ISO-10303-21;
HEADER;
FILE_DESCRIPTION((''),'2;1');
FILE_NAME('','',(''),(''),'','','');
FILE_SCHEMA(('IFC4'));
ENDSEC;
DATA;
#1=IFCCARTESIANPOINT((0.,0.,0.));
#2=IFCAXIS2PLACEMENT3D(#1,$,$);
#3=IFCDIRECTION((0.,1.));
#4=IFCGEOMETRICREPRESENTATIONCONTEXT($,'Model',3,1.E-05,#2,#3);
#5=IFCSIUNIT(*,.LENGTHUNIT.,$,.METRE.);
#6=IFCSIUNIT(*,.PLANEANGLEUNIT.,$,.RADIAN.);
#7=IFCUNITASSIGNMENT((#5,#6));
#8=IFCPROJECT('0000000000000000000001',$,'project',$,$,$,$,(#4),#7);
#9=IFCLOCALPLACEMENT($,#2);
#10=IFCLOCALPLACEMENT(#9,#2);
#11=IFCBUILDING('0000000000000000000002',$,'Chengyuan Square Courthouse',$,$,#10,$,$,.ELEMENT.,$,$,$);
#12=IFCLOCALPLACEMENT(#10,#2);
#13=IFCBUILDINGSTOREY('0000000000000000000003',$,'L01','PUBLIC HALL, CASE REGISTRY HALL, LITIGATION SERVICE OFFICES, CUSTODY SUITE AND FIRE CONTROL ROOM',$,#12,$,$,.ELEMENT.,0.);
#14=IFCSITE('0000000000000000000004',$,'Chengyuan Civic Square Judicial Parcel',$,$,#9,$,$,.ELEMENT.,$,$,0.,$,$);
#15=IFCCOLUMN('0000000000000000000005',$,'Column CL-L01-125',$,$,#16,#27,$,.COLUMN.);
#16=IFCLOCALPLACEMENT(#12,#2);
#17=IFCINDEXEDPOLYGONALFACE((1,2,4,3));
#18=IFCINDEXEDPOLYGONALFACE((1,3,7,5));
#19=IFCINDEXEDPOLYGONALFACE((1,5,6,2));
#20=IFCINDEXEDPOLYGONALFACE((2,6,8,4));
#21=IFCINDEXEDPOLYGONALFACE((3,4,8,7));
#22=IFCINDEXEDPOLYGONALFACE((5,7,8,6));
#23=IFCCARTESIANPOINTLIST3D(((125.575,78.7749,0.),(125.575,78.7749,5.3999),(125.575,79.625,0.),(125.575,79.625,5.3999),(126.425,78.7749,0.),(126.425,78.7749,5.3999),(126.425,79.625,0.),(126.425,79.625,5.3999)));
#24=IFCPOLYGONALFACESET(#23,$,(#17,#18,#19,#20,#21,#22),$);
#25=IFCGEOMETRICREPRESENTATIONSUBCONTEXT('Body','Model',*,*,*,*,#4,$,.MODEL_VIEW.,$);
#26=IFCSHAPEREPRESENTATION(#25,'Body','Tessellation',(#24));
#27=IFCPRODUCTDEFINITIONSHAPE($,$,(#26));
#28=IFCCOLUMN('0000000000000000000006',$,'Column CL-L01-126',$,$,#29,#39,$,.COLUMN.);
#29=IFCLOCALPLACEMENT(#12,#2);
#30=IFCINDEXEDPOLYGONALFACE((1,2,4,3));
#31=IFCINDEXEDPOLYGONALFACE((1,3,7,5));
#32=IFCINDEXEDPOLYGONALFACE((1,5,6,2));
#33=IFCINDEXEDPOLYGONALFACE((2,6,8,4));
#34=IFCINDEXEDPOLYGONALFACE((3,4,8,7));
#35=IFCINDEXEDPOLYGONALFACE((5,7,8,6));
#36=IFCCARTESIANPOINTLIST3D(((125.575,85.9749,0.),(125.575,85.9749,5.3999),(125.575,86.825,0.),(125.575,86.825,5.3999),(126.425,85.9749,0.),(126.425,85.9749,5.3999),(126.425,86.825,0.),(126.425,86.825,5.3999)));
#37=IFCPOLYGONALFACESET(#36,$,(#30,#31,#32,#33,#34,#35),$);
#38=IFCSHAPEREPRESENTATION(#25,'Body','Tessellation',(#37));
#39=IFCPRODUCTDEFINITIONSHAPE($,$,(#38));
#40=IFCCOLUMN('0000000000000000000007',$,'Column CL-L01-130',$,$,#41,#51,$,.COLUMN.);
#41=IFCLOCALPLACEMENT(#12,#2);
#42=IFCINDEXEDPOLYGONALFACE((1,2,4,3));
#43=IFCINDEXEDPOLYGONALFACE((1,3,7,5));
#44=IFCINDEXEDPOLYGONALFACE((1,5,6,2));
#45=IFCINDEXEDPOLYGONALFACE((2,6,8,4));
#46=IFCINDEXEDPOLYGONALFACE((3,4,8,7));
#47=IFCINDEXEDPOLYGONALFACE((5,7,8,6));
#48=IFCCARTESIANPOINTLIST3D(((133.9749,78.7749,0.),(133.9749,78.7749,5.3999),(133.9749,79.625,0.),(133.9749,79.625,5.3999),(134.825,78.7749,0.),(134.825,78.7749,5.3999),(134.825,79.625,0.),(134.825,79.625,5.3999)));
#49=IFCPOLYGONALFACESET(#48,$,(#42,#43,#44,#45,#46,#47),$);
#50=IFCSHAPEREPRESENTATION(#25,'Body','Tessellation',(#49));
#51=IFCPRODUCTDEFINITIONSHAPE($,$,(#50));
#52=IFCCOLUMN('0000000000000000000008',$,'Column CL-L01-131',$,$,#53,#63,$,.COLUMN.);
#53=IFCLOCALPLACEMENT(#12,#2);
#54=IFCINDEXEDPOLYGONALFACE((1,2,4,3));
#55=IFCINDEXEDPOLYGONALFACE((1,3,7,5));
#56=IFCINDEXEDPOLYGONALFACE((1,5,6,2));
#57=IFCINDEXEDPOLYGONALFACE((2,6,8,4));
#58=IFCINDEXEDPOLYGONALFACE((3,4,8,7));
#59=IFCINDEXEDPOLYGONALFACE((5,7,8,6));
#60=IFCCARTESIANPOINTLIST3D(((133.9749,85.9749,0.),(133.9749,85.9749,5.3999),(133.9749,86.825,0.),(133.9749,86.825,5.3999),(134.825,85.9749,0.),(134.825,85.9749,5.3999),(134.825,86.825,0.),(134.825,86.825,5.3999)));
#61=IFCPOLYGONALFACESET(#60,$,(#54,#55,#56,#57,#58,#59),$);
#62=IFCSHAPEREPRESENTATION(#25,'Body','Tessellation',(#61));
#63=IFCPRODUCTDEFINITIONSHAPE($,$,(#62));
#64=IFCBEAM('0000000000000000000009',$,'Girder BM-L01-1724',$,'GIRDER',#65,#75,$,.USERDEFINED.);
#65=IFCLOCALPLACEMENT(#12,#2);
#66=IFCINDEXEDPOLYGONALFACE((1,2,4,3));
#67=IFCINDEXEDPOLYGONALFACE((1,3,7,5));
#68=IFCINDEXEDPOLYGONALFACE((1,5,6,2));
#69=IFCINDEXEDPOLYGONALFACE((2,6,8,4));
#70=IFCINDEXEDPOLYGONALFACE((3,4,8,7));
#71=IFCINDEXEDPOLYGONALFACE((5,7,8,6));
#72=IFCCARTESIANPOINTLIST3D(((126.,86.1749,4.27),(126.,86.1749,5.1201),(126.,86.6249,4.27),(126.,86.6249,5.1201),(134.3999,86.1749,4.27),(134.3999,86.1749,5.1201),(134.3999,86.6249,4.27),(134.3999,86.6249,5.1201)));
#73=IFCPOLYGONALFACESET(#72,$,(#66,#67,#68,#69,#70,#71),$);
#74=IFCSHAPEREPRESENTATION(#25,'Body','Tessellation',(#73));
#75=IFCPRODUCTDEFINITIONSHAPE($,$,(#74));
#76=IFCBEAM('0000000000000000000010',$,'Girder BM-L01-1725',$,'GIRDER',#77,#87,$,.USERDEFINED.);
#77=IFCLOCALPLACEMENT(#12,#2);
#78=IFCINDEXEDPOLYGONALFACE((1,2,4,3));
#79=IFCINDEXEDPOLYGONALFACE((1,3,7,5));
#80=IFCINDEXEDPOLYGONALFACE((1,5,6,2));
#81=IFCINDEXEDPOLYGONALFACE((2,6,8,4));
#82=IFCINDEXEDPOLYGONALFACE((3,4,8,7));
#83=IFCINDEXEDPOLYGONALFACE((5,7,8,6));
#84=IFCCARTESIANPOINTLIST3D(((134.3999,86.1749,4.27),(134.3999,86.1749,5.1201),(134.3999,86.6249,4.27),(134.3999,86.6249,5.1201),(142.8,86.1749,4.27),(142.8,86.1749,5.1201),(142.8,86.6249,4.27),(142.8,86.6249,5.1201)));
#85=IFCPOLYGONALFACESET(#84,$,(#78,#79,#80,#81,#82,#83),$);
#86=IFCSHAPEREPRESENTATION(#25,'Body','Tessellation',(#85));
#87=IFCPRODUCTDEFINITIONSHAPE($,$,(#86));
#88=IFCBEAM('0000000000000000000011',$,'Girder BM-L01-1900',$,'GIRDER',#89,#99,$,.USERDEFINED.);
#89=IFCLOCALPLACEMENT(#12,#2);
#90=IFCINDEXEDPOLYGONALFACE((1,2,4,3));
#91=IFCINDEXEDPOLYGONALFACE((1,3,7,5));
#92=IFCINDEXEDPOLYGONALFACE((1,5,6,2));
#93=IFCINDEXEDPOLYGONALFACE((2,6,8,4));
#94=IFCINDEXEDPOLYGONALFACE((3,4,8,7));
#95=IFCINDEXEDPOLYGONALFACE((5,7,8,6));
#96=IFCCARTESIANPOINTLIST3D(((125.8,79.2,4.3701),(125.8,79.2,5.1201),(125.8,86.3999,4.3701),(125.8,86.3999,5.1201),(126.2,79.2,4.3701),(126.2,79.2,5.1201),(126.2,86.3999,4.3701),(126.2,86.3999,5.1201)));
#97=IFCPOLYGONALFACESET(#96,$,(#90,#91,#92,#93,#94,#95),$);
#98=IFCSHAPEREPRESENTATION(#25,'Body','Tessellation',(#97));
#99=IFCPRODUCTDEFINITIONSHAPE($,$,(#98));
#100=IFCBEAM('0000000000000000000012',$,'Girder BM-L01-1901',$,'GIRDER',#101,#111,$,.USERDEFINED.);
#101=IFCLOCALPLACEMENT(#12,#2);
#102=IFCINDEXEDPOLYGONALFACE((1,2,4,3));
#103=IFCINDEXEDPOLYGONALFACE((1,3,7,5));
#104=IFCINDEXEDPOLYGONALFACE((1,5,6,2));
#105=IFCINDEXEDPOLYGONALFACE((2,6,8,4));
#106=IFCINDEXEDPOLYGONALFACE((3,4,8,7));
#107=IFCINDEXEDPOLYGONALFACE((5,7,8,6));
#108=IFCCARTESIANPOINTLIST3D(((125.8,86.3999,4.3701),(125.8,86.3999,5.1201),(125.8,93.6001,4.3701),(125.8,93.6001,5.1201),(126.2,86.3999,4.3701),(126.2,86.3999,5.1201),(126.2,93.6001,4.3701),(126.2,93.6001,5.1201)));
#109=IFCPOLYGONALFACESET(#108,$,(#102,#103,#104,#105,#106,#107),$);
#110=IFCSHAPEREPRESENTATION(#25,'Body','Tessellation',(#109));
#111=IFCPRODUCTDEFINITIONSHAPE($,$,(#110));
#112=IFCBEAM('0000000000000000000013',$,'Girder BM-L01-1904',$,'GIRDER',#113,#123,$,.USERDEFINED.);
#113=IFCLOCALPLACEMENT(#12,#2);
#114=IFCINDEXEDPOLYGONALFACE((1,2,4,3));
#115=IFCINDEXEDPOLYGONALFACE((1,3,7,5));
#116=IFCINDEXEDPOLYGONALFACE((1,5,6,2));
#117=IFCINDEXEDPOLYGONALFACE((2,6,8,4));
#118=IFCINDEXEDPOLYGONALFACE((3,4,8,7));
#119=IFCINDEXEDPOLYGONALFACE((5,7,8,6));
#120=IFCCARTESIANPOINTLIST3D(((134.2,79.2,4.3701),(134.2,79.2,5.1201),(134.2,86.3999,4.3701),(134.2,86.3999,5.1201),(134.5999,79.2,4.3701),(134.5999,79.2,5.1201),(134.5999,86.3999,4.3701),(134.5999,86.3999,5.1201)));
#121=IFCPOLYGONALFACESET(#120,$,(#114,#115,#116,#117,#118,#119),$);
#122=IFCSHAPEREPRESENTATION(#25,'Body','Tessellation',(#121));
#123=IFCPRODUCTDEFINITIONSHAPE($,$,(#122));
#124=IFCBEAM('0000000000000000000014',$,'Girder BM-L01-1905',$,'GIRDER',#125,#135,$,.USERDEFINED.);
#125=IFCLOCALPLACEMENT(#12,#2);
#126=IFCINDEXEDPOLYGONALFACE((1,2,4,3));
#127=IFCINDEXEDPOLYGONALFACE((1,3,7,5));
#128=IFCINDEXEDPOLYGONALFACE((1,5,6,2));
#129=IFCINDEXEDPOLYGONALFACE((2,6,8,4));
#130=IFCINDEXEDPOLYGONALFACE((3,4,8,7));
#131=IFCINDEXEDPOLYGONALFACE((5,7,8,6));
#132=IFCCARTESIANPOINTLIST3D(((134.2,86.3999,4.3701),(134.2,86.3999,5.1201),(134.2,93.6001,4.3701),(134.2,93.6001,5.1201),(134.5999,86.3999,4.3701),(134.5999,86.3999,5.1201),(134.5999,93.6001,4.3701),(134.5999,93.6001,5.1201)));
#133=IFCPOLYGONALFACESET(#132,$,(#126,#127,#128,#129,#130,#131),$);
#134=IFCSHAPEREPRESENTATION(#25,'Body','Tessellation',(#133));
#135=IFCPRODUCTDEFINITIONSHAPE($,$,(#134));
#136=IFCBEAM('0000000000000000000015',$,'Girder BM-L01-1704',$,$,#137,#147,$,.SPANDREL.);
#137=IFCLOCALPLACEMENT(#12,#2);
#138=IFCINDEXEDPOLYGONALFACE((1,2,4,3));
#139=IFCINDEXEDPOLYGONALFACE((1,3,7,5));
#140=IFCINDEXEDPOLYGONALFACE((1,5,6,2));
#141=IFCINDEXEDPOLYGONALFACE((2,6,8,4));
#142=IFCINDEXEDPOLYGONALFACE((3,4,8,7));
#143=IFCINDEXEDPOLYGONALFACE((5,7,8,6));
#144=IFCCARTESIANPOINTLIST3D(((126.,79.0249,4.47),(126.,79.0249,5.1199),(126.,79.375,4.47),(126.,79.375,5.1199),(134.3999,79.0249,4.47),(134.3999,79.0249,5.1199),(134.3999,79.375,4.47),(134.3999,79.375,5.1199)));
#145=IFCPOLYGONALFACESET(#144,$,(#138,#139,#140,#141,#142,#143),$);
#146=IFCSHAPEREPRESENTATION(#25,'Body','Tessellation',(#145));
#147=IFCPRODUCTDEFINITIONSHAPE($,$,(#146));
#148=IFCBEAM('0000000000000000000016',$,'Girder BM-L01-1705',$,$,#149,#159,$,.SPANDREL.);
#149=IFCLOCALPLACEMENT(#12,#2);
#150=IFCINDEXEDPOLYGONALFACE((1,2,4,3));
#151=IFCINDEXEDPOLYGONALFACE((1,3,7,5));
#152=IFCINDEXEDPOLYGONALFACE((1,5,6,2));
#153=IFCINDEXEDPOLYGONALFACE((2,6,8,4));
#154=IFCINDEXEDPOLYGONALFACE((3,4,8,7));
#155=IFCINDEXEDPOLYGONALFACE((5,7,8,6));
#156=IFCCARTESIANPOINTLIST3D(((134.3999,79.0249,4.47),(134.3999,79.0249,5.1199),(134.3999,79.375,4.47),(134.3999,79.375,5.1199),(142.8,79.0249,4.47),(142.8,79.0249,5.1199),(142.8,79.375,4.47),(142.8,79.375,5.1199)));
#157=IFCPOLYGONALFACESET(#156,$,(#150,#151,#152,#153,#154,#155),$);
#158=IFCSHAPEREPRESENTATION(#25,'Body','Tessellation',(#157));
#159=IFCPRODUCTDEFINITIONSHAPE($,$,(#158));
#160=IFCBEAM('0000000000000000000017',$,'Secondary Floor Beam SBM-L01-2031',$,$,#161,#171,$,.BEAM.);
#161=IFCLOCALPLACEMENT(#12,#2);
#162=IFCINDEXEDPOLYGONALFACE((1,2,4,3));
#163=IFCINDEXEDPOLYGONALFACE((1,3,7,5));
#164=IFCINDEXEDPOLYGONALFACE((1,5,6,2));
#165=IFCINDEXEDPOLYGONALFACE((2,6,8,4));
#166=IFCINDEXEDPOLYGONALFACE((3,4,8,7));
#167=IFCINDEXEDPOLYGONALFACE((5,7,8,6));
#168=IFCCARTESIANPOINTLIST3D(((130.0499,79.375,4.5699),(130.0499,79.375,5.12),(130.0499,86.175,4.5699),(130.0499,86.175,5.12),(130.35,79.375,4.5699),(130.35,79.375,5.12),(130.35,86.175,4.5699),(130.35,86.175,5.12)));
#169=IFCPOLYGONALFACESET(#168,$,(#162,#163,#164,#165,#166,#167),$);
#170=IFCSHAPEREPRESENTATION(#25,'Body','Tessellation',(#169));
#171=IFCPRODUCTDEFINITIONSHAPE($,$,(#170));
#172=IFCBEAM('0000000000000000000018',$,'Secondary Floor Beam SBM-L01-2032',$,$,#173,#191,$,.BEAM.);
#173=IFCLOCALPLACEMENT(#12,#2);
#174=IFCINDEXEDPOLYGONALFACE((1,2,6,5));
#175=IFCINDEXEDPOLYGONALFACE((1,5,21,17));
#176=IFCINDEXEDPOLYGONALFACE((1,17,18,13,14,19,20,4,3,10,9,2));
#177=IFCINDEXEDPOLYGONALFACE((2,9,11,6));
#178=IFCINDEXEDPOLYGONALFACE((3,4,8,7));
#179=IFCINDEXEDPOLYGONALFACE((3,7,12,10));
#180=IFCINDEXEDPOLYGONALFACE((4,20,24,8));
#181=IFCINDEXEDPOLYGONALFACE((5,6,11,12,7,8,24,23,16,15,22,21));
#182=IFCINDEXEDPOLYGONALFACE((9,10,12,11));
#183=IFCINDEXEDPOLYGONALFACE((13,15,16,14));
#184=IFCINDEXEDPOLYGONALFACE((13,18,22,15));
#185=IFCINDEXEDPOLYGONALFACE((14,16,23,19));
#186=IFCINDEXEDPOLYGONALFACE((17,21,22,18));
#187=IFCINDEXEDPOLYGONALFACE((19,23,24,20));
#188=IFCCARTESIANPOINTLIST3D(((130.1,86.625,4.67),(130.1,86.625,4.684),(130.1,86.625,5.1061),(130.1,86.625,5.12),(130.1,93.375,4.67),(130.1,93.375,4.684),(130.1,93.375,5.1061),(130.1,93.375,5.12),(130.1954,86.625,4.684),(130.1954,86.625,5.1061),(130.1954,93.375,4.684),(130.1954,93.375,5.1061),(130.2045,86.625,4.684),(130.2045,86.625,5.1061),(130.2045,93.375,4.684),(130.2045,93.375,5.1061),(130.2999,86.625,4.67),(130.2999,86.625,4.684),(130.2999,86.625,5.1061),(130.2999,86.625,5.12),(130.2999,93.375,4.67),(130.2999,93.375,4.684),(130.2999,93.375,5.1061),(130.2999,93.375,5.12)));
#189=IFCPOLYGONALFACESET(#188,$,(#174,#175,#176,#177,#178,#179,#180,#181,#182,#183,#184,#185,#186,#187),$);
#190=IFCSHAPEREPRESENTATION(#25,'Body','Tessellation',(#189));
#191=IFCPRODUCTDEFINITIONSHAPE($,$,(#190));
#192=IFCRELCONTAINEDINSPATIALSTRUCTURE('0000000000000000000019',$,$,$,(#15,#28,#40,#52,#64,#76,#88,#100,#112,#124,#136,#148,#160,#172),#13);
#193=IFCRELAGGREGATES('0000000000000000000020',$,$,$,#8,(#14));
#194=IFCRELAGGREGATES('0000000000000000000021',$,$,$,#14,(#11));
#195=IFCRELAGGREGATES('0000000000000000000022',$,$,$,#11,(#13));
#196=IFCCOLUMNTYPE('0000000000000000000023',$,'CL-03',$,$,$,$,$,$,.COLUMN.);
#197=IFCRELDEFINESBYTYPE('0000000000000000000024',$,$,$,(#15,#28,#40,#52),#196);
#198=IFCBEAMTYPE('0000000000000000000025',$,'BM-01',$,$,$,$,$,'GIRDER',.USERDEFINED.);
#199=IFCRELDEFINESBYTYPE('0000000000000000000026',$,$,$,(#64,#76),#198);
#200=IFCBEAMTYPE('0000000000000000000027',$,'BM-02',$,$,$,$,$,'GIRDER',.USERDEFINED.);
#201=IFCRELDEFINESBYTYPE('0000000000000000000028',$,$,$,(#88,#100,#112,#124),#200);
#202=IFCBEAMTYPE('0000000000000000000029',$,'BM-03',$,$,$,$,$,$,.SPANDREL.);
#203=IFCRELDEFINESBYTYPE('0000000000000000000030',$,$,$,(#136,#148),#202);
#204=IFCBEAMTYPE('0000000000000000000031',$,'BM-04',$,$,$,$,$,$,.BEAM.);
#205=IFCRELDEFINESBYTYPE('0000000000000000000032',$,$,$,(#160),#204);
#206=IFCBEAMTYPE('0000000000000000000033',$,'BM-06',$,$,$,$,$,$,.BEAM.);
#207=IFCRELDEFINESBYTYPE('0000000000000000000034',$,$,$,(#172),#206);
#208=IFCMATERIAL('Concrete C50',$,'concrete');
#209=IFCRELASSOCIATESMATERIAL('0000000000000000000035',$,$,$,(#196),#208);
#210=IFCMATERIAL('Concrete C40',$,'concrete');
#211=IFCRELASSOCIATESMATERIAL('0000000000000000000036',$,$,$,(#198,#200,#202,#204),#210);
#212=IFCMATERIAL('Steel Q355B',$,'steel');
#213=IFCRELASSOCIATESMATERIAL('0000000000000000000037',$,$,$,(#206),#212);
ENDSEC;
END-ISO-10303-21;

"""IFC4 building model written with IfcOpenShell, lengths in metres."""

from ifc_helpers import new_model, si_unit, direction, frame, origin, origin_2d, place, context, subcontext, project, spatial, rectangle, i_section, extrude, material, material_profile, profile_set, type_object, element, save


model = new_model("IFC4")

# Units and contexts
model_context = context("Model", 3, precision=1e-05, world=origin(), true_north=direction((0.0, 1.0)))
body_context = subcontext(model_context, "Body", "Model", "MODEL_VIEW")
ifc_project = project(units=[si_unit("LENGTHUNIT", "METRE"), si_unit("PLANEANGLEUNIT", "RADIAN")], contexts=[model_context])

# Site, building, storey
site_placement = place(None, origin())
site = spatial("IfcSite", under=ifc_project, at=site_placement, Name="Chengyuan Civic Square Judicial Parcel", CompositionType="ELEMENT", RefElevation=0.0)
building_placement = place(site_placement, origin())
building = spatial("IfcBuilding", under=site, at=building_placement, Name="Chengyuan Square Courthouse", CompositionType="ELEMENT")
storey_placement = place(building_placement, origin())
storey = spatial("IfcBuildingStorey", under=building, at=storey_placement, Name="L01", Description="PUBLIC HALL, CASE REGISTRY HALL, LITIGATION SERVICE OFFICES, CUSTODY SUITE AND FIRE CONTROL ROOM", CompositionType="ELEMENT", Elevation=0.0)

# Columns
ifc_material_1 = material(Name="Concrete C50", Category="concrete")
ifc_material_profile_1 = material_profile(ifc_material_1, rectangle(XDim=0.8501, YDim=0.8501, at=origin_2d()), Name="RC-COL-850x850")
ifc_profile_set_1 = profile_set([ifc_material_profile_1], Name="Concrete C50")
column_type = type_object("IfcColumnType", Name="CL-03", PredefinedType="COLUMN", material=ifc_profile_set_1)
for number, where, z_axis, x_axis, name in (
    (1, (126.0, 79.2, 0.0), (0.0, 0.0, 1.0), (1.0, 0.0, 0.0), "Column CL-L01-125"),
    (2, (126.0, 86.3999, 0.0), (0.0, 0.0, 1.0), (1.0, 0.0, 0.0), "Column CL-L01-126"),
    (3, (134.3999, 79.2, 0.0), (0.0, 0.0, 1.0), (1.0, 0.0, 0.0), "Column CL-L01-130"),
    (4, (134.3999, 86.3999, 0.0), (0.0, 0.0, 1.0), (1.0, 0.0, 0.0), "Column CL-L01-131"),
):
    element("IfcColumn", number, at=place(storey_placement, frame(where, z_axis=z_axis, x_axis=x_axis)), inside=storey, type_object=column_type, Name=name, PredefinedType="COLUMN", context=body_context, shape_type="SweptSolid", body=[
        extrude(rectangle(XDim=0.8501, YDim=0.8501, at=origin_2d()), origin(), (0.0, 0.0, 1.0), 5.3999),
    ])

# Beams
ifc_material_2 = material(Name="Concrete C40", Category="concrete")
ifc_material_profile_2 = material_profile(ifc_material_2, rectangle(XDim=0.45, YDim=0.8501, at=origin_2d()), Name="RC-BM-450x850")
ifc_profile_set_2 = profile_set([ifc_material_profile_2], Name="Concrete C40")
beam_type_1 = type_object("IfcBeamType", Name="BM-01", ElementType="GIRDER", PredefinedType="USERDEFINED", material=ifc_profile_set_2)
beam_1_placement = place(storey_placement, frame((126.0, 86.3999, 4.6951), z_axis=(1.0, 0.0, 0.0), x_axis=(0.0, 1.0, 0.0)))
element("IfcBeam", 5, at=beam_1_placement, inside=storey, type_object=beam_type_1, Name="Girder BM-L01-1724", ObjectType="GIRDER", PredefinedType="USERDEFINED", context=body_context, shape_type="SweptSolid", body=[
    extrude(rectangle(XDim=0.45, YDim=0.8501, at=origin_2d()), origin(), (0.0, 0.0, 1.0), 8.3999),
])
beam_2_placement = place(storey_placement, frame((134.3999, 86.3999, 4.6951), z_axis=(1.0, 0.0, 0.0), x_axis=(0.0, 1.0, 0.0)))
element("IfcBeam", 6, at=beam_2_placement, inside=storey, type_object=beam_type_1, Name="Girder BM-L01-1725", ObjectType="GIRDER", PredefinedType="USERDEFINED", context=body_context, shape_type="SweptSolid", body=[
    extrude(rectangle(XDim=0.45, YDim=0.8501, at=origin_2d()), origin(), (0.0, 0.0, 1.0), 8.4001),
])
ifc_material_profile_3 = material_profile(ifc_material_2, rectangle(XDim=0.3999, YDim=0.75, at=origin_2d()), Name="RC-BM-400x750")
ifc_profile_set_3 = profile_set([ifc_material_profile_3], Name="Concrete C40")
beam_type_2 = type_object("IfcBeamType", Name="BM-02", ElementType="GIRDER", PredefinedType="USERDEFINED", material=ifc_profile_set_3)
beam_3_placement = place(storey_placement, frame((126.0, 79.2, 4.7451), z_axis=(0.0, 1.0, 0.0), x_axis=(-1.0, 0.0, 0.0)))
element("IfcBeam", 7, at=beam_3_placement, inside=storey, type_object=beam_type_2, Name="Girder BM-L01-1900", ObjectType="GIRDER", PredefinedType="USERDEFINED", context=body_context, shape_type="SweptSolid", body=[
    extrude(rectangle(XDim=0.3999, YDim=0.75, at=origin_2d()), origin(), (0.0, 0.0, 1.0), 7.2),
])
beam_4_placement = place(storey_placement, frame((126.0, 86.3999, 4.7451), z_axis=(0.0, 1.0, 0.0), x_axis=(-1.0, 0.0, 0.0)))
element("IfcBeam", 8, at=beam_4_placement, inside=storey, type_object=beam_type_2, Name="Girder BM-L01-1901", ObjectType="GIRDER", PredefinedType="USERDEFINED", context=body_context, shape_type="SweptSolid", body=[
    extrude(rectangle(XDim=0.3999, YDim=0.75, at=origin_2d()), origin(), (0.0, 0.0, 1.0), 7.2002),
])
beam_5_placement = place(storey_placement, frame((134.3999, 79.2, 4.7451), z_axis=(0.0, 1.0, 0.0), x_axis=(-1.0, 0.0, 0.0)))
element("IfcBeam", 9, at=beam_5_placement, inside=storey, type_object=beam_type_2, Name="Girder BM-L01-1904", ObjectType="GIRDER", PredefinedType="USERDEFINED", context=body_context, shape_type="SweptSolid", body=[
    extrude(rectangle(XDim=0.3999, YDim=0.75, at=origin_2d()), origin(), (0.0, 0.0, 1.0), 7.2),
])
beam_6_placement = place(storey_placement, frame((134.3999, 86.3999, 4.7451), z_axis=(0.0, 1.0, 0.0), x_axis=(-1.0, 0.0, 0.0)))
element("IfcBeam", 10, at=beam_6_placement, inside=storey, type_object=beam_type_2, Name="Girder BM-L01-1905", ObjectType="GIRDER", PredefinedType="USERDEFINED", context=body_context, shape_type="SweptSolid", body=[
    extrude(rectangle(XDim=0.3999, YDim=0.75, at=origin_2d()), origin(), (0.0, 0.0, 1.0), 7.2002),
])
ifc_material_profile_4 = material_profile(ifc_material_2, rectangle(XDim=0.3501, YDim=0.6499, at=origin_2d()), Name="RC-BM-350x650")
ifc_profile_set_4 = profile_set([ifc_material_profile_4], Name="Concrete C40")
beam_type_3 = type_object("IfcBeamType", Name="BM-03", PredefinedType="SPANDREL", material=ifc_profile_set_4)
beam_7_placement = place(storey_placement, frame((126.0, 79.2, 4.7949), z_axis=(1.0, 0.0, 0.0), x_axis=(0.0, 1.0, 0.0)))
element("IfcBeam", 11, at=beam_7_placement, inside=storey, type_object=beam_type_3, Name="Girder BM-L01-1704", PredefinedType="SPANDREL", context=body_context, shape_type="SweptSolid", body=[
    extrude(rectangle(XDim=0.3501, YDim=0.6499, at=origin_2d()), origin(), (0.0, 0.0, 1.0), 8.3999),
])
beam_8_placement = place(storey_placement, frame((134.3999, 79.2, 4.7949), z_axis=(1.0, 0.0, 0.0), x_axis=(0.0, 1.0, 0.0)))
element("IfcBeam", 12, at=beam_8_placement, inside=storey, type_object=beam_type_3, Name="Girder BM-L01-1705", PredefinedType="SPANDREL", context=body_context, shape_type="SweptSolid", body=[
    extrude(rectangle(XDim=0.3501, YDim=0.6499, at=origin_2d()), origin(), (0.0, 0.0, 1.0), 8.4001),
])
ifc_material_profile_5 = material_profile(ifc_material_2, rectangle(XDim=0.3, YDim=0.55, at=origin_2d()), Name="RC-BM-300x550")
ifc_profile_set_5 = profile_set([ifc_material_profile_5], Name="Concrete C40")
beam_type_4 = type_object("IfcBeamType", Name="BM-04", PredefinedType="BEAM", material=ifc_profile_set_5)
beam_9_placement = place(storey_placement, frame((130.2, 79.375, 4.845), z_axis=(0.0, 1.0, 0.0), x_axis=(-1.0, 0.0, 0.0)))
element("IfcBeam", 13, at=beam_9_placement, inside=storey, type_object=beam_type_4, Name="Secondary Floor Beam SBM-L01-2031", PredefinedType="BEAM", context=body_context, shape_type="SweptSolid", body=[
    extrude(rectangle(XDim=0.3, YDim=0.55, at=origin_2d()), origin(), (0.0, 0.0, 1.0), 6.8),
])
ifc_material_3 = material(Name="Steel Q355B", Category="steel")
ifc_material_profile_6 = material_profile(ifc_material_3, i_section(OverallWidth=0.2, OverallDepth=0.45, WebThickness=0.009, FlangeThickness=0.0139, at=origin_2d()), Name="HN 450x200x9x14")
ifc_profile_set_6 = profile_set([ifc_material_profile_6], Name="Steel Q355B")
beam_type_5 = type_object("IfcBeamType", Name="BM-06", PredefinedType="BEAM", material=ifc_profile_set_6)
beam_10_placement = place(storey_placement, frame((130.2, 86.625, 4.895), z_axis=(0.0, 1.0, 0.0), x_axis=(-1.0, 0.0, 0.0)))
element("IfcBeam", 14, at=beam_10_placement, inside=storey, type_object=beam_type_5, Name="Secondary Floor Beam SBM-L01-2032", PredefinedType="BEAM", context=body_context, shape_type="SweptSolid", body=[
    extrude(i_section(OverallWidth=0.2, OverallDepth=0.45, WebThickness=0.009, FlangeThickness=0.0139, at=origin_2d()), origin(), (0.0, 0.0, 1.0), 6.75),
])

save(model, "model.ifc")
